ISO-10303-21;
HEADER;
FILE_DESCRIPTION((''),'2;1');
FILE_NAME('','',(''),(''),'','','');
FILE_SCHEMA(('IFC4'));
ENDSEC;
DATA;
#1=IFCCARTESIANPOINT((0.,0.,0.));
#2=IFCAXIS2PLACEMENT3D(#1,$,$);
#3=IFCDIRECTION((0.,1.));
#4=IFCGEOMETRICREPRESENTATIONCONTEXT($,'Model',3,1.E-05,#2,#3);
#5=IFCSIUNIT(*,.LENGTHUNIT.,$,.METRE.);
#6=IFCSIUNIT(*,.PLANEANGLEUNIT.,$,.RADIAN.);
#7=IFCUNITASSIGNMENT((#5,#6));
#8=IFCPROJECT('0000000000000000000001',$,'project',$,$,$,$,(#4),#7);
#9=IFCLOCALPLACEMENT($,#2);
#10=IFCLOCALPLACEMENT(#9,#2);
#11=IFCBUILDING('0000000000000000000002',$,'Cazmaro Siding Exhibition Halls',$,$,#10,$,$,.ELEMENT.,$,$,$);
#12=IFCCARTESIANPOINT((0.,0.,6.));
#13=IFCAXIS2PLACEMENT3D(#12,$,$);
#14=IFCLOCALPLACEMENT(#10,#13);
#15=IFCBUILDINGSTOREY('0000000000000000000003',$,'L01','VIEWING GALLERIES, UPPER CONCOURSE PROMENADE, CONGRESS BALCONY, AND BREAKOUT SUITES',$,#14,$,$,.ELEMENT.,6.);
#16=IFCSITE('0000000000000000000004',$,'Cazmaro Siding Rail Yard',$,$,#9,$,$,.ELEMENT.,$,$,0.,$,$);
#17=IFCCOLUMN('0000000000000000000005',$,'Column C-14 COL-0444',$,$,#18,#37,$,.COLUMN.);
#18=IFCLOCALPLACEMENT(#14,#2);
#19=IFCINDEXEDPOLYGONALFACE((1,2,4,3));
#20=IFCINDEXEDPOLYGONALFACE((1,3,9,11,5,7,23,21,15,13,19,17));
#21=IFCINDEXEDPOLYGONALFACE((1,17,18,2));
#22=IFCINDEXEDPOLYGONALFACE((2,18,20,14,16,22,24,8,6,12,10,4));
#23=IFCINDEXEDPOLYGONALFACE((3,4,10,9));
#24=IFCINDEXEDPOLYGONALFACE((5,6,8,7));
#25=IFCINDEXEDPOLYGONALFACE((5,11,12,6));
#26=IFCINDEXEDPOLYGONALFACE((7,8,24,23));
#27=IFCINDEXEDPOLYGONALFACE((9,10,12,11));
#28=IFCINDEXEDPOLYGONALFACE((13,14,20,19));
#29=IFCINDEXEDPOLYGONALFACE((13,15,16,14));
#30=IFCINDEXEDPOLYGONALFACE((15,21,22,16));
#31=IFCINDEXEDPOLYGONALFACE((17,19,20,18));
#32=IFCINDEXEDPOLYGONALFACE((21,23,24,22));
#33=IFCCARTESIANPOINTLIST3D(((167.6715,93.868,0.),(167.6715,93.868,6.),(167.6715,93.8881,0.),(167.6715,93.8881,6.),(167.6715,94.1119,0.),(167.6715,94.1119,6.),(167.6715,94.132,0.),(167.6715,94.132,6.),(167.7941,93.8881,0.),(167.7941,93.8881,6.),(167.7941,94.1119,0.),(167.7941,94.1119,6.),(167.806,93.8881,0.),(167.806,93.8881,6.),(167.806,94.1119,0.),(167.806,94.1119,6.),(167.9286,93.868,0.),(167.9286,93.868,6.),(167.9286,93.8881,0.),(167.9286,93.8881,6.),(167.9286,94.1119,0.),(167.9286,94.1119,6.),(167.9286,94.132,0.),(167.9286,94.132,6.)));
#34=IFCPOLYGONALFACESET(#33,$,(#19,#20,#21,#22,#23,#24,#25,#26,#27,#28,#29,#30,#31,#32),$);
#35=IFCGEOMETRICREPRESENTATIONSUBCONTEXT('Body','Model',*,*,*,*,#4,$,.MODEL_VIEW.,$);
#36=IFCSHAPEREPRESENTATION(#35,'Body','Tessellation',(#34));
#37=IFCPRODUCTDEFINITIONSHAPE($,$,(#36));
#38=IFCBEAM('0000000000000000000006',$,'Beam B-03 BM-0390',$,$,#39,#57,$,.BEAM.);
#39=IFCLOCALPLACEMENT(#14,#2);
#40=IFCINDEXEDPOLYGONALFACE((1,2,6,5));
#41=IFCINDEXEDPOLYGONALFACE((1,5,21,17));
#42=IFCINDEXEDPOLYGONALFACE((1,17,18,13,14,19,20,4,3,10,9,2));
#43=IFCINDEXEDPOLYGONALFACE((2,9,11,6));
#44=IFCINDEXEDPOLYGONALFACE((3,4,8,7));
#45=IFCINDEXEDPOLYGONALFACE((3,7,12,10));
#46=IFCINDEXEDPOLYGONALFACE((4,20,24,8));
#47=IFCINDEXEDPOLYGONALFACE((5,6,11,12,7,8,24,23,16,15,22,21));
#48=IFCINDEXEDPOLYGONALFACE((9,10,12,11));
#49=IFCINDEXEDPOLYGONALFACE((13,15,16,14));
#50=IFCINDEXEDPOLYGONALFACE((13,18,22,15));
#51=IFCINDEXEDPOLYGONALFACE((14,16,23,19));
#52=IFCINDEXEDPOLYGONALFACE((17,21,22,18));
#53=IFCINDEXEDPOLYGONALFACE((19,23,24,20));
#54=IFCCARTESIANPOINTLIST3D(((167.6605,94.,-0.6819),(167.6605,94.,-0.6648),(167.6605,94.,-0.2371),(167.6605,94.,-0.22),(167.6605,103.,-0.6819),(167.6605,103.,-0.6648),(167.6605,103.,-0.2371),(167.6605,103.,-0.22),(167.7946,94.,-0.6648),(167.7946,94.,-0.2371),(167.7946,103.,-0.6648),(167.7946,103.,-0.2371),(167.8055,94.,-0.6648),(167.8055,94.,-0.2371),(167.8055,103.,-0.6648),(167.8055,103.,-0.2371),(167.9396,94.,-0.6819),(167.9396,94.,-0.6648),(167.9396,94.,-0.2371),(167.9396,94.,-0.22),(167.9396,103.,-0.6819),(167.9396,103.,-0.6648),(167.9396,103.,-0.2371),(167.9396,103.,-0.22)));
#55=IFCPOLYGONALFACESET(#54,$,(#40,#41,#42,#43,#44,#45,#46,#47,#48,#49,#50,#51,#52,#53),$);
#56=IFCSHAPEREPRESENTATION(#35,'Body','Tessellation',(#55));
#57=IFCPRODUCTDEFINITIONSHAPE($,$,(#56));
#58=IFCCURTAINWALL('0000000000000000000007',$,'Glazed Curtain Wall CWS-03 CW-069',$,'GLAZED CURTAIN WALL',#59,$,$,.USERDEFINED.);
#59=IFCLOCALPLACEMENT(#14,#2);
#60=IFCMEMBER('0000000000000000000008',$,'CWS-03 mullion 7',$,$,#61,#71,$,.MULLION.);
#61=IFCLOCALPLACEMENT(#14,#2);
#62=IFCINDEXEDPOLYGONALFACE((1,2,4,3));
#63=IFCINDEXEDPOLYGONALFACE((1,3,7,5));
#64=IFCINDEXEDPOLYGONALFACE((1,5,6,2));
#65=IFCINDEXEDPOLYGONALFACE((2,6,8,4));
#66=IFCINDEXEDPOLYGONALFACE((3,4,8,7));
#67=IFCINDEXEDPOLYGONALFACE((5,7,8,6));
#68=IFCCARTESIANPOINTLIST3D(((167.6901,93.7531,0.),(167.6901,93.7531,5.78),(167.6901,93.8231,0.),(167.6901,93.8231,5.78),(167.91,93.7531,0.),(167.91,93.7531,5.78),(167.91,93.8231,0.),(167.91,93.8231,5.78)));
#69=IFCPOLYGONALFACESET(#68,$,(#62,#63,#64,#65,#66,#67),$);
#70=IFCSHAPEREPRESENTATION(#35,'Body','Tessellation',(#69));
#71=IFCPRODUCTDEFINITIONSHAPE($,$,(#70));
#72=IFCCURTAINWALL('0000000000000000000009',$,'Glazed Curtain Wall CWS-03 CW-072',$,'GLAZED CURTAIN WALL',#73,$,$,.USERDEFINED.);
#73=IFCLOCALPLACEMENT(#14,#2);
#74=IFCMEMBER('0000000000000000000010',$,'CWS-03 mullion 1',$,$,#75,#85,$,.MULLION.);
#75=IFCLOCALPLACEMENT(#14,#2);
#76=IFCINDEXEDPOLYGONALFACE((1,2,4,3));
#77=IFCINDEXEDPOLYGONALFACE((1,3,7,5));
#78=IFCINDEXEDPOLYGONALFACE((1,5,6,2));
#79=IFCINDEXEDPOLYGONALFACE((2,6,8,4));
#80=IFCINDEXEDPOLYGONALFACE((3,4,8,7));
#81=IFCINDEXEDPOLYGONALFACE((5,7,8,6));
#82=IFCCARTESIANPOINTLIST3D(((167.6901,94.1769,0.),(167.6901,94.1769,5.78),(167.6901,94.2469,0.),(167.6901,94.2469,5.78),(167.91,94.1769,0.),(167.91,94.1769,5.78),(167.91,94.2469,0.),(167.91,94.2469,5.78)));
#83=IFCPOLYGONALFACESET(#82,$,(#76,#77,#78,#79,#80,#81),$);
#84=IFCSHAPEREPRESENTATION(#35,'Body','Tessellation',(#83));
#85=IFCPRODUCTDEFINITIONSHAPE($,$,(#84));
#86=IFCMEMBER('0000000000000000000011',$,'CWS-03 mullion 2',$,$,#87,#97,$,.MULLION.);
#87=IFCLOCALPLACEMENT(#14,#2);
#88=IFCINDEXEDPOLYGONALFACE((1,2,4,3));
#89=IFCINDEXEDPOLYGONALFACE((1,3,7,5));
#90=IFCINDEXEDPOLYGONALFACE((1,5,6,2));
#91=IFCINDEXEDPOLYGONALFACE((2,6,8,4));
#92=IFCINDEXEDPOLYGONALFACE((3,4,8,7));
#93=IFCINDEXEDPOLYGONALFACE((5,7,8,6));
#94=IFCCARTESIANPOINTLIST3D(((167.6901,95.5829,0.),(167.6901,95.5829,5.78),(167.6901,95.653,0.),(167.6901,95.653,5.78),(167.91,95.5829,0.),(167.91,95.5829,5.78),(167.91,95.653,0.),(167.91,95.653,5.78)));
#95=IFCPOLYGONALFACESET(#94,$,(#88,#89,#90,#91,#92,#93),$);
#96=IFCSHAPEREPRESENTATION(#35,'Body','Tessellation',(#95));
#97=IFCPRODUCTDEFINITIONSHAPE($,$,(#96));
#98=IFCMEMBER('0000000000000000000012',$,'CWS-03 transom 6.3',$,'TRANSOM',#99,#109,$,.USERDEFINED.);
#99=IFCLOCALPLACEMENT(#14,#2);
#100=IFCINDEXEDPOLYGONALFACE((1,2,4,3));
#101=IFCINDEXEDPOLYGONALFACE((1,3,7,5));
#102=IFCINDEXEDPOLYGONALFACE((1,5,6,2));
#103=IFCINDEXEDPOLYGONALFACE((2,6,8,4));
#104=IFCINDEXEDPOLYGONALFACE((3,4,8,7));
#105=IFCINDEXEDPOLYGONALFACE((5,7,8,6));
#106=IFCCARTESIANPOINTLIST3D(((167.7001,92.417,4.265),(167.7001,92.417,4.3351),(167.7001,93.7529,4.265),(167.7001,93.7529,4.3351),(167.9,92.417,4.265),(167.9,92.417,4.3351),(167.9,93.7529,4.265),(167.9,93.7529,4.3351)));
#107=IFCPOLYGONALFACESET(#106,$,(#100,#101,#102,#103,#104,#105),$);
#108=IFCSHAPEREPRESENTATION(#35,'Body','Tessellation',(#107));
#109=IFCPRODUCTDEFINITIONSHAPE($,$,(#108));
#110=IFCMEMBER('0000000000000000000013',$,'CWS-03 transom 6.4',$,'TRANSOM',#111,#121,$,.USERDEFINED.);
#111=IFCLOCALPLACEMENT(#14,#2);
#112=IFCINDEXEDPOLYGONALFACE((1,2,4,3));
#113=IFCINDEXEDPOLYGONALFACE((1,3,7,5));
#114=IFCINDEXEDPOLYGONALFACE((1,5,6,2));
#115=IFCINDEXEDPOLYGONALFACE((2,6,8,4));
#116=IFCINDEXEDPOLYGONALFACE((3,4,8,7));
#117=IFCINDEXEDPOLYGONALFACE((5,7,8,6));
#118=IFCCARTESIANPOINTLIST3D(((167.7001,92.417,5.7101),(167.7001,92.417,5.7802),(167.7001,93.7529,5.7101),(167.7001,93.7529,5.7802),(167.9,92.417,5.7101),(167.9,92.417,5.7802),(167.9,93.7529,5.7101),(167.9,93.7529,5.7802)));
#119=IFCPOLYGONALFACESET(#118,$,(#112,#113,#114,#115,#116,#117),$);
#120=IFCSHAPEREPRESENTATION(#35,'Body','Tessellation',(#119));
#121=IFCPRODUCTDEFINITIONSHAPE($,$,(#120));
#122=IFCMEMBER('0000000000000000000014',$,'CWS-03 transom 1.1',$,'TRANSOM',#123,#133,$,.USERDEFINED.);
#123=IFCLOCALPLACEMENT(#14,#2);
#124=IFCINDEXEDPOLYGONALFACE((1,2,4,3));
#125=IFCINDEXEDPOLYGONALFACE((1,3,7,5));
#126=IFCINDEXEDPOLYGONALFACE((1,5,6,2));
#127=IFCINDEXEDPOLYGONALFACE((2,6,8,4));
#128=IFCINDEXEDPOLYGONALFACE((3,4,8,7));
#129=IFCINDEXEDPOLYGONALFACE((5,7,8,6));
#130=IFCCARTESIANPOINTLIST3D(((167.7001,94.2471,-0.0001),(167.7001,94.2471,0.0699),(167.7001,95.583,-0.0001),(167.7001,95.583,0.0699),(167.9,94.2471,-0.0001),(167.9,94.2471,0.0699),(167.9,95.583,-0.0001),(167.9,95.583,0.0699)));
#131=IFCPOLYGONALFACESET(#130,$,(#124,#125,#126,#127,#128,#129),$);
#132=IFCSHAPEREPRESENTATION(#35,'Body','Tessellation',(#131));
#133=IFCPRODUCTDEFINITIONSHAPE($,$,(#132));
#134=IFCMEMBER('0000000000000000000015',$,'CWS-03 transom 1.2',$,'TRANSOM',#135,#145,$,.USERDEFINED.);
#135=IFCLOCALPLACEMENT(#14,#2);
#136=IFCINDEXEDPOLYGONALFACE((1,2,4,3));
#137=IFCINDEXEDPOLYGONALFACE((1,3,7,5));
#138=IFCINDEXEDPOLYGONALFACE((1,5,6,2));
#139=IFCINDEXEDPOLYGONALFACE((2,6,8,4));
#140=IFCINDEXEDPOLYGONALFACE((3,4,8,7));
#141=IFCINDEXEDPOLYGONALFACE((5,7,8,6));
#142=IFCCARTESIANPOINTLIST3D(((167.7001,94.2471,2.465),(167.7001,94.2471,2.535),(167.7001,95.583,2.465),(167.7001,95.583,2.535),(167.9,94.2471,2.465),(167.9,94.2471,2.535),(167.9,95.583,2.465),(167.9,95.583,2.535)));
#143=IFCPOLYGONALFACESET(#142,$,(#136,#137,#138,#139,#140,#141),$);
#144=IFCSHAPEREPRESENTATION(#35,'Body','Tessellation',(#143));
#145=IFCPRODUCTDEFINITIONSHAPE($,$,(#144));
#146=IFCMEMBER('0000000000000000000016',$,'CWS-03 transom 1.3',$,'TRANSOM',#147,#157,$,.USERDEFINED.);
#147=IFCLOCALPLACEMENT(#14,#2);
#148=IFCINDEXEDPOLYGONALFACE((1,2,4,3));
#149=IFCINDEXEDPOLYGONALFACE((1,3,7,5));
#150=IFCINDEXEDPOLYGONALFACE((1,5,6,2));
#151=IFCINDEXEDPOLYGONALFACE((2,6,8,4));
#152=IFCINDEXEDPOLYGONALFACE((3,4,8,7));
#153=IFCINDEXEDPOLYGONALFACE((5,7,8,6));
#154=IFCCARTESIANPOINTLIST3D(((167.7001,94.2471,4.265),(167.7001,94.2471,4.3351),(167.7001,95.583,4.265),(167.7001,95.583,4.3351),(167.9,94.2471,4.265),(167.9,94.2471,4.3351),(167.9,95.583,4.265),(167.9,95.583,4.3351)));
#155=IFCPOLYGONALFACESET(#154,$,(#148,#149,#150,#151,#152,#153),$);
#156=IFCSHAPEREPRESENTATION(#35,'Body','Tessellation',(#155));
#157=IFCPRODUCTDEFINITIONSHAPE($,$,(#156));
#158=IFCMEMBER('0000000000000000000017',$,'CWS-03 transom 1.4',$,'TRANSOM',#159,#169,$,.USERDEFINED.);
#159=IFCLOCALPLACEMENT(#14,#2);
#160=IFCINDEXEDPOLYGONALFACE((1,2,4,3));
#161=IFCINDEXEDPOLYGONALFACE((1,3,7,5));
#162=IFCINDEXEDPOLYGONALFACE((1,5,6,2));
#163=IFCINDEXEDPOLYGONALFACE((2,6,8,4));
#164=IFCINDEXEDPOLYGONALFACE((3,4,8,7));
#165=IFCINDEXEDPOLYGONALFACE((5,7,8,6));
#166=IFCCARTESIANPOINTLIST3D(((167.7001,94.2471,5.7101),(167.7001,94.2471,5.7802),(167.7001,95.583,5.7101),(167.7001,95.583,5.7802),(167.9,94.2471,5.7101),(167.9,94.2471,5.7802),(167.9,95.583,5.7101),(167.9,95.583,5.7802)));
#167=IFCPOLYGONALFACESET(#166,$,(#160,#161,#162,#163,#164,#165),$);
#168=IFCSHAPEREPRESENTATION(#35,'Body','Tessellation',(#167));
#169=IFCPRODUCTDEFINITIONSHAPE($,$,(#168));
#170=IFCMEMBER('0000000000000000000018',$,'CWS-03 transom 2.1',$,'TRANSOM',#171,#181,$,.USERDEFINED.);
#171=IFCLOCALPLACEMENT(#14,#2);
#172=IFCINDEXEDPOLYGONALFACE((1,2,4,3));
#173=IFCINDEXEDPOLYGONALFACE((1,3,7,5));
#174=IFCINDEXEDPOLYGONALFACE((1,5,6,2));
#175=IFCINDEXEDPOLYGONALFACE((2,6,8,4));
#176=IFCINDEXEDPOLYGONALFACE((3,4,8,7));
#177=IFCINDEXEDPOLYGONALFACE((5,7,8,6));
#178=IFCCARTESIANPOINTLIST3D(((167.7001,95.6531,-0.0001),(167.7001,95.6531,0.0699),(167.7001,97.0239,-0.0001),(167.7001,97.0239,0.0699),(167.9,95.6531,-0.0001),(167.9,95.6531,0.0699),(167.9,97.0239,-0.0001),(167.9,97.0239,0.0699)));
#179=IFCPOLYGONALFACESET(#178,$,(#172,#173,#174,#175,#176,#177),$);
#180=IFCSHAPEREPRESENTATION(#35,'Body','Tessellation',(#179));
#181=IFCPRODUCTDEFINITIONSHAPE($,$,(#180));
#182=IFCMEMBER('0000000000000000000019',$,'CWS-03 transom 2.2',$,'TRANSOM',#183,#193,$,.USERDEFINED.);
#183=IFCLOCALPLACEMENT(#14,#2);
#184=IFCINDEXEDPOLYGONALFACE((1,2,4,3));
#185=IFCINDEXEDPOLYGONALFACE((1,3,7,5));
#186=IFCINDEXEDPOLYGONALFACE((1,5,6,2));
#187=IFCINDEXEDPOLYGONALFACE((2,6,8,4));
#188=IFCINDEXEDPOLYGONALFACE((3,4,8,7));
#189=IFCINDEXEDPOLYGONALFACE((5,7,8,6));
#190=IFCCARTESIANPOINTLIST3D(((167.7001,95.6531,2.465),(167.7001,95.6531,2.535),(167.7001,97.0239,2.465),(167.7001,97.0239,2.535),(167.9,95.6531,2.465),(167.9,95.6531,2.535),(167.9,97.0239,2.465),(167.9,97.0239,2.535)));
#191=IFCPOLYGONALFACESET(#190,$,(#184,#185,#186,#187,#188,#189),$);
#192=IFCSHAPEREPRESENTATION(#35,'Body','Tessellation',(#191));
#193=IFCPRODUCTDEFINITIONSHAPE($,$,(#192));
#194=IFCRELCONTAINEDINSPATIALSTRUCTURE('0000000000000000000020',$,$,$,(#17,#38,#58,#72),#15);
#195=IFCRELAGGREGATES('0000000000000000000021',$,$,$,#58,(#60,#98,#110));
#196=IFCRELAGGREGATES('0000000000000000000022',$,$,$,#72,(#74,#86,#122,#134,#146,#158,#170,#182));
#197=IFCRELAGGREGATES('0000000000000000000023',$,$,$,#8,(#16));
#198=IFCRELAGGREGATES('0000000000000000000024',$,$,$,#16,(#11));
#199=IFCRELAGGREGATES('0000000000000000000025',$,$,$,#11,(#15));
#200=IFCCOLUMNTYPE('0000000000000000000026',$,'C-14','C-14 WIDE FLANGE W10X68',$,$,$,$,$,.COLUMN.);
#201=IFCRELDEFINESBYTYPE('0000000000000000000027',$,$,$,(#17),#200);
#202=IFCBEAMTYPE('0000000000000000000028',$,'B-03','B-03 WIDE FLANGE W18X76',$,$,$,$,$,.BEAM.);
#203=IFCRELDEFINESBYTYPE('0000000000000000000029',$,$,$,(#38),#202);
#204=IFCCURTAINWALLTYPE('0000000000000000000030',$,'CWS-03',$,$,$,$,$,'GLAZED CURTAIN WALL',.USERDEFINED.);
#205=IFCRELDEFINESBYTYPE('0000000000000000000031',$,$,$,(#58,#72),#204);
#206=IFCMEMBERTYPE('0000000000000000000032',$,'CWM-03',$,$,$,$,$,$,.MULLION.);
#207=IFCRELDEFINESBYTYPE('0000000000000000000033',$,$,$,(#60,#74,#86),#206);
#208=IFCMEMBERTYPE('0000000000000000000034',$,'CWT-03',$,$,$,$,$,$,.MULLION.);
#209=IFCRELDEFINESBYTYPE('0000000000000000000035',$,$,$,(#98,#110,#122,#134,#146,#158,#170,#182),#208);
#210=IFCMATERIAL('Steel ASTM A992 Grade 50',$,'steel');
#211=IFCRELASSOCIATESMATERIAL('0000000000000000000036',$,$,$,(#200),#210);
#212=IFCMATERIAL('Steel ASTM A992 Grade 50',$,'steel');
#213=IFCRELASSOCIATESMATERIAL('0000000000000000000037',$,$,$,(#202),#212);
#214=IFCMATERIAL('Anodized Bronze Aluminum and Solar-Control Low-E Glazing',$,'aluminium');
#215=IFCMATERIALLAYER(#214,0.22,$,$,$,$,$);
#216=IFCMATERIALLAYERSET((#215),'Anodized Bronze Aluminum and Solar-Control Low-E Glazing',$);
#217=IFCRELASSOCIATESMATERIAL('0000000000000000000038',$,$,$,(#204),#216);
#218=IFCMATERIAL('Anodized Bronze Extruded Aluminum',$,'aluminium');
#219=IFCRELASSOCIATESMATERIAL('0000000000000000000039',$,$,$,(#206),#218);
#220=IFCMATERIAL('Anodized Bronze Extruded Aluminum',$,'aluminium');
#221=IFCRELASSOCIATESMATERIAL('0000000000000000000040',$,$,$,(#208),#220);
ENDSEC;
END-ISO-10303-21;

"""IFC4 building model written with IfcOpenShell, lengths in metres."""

from ifc_helpers import new_model, si_unit, direction, frame, origin, origin_2d, place, context, subcontext, project, spatial, rectangle, i_section, extrude, material, layer, layer_set, material_profile, profile_set, type_object, element, aggregate, save


model = new_model("IFC4")

# Units and contexts
model_context = context("Model", 3, precision=1e-05, world=origin(), true_north=direction((0.0, 1.0)))
body_context = subcontext(model_context, "Body", "Model", "MODEL_VIEW")
ifc_project = project(units=[si_unit("LENGTHUNIT", "METRE"), si_unit("PLANEANGLEUNIT", "RADIAN")], contexts=[model_context])

# Site, building, storey
site_placement = place(None, origin())
site = spatial("IfcSite", under=ifc_project, at=site_placement, Name="Cazmaro Siding Rail Yard", CompositionType="ELEMENT", RefElevation=0.0)
building_placement = place(site_placement, origin())
building = spatial("IfcBuilding", under=site, at=building_placement, Name="Cazmaro Siding Exhibition Halls", CompositionType="ELEMENT")
storey_placement = place(building_placement, frame((0.0, 0.0, 6.0)))
storey = spatial("IfcBuildingStorey", under=building, at=storey_placement, Name="L01", Description="VIEWING GALLERIES, UPPER CONCOURSE PROMENADE, CONGRESS BALCONY, AND BREAKOUT SUITES", CompositionType="ELEMENT", Elevation=6.0)

# Column
ifc_material_1 = material(Name="Steel ASTM A992 Grade 50", Category="steel")
ifc_material_profile_1 = material_profile(ifc_material_1, i_section(OverallWidth=0.2571, OverallDepth=0.2639, WebThickness=0.012, FlangeThickness=0.02, at=origin_2d()), Name="W10X68")
ifc_profile_set_1 = profile_set([ifc_material_profile_1], Name="Steel ASTM A992 Grade 50")
column_type = type_object("IfcColumnType", Name="C-14", Description="C-14 WIDE FLANGE W10X68", PredefinedType="COLUMN", material=ifc_profile_set_1)
column_placement = place(storey_placement, frame((167.8, 94.0, 0.0), z_axis=(0.0, 0.0, 1.0), x_axis=(1.0, 0.0, 0.0)))
element("IfcColumn", 1, at=column_placement, inside=storey, type_object=column_type, Name="Column C-14 COL-0444", PredefinedType="COLUMN", context=body_context, shape_type="SweptSolid", body=[
    extrude(i_section(OverallWidth=0.2571, OverallDepth=0.2639, WebThickness=0.012, FlangeThickness=0.02, at=origin_2d()), origin(), (0.0, 0.0, 1.0), 6.0),
])

# Beam
ifc_material_2 = material(Name="Steel ASTM A992 Grade 50", Category="steel")
ifc_material_profile_2 = material_profile(ifc_material_2, i_section(OverallWidth=0.2791, OverallDepth=0.4619, WebThickness=0.011, FlangeThickness=0.0171, at=origin_2d()), Name="W18X76")
ifc_profile_set_2 = profile_set([ifc_material_profile_2], Name="Steel ASTM A992 Grade 50")
beam_type = type_object("IfcBeamType", Name="B-03", Description="B-03 WIDE FLANGE W18X76", PredefinedType="BEAM", material=ifc_profile_set_2)
beam_placement = place(storey_placement, frame((167.8, 94.0, -0.4509), z_axis=(0.0, 1.0, 0.0), x_axis=(-1.0, 0.0, 0.0)))
element("IfcBeam", 2, at=beam_placement, inside=storey, type_object=beam_type, Name="Beam B-03 BM-0390", PredefinedType="BEAM", context=body_context, shape_type="SweptSolid", body=[
    extrude(i_section(OverallWidth=0.2791, OverallDepth=0.4619, WebThickness=0.011, FlangeThickness=0.0171, at=origin_2d()), origin(), (0.0, 0.0, 1.0), 9.0),
])

# Curtain wall, member
ifc_material_3 = material(Name="Anodized Bronze Aluminum and Solar-Control Low-E Glazing", Category="aluminium")
ifc_layer_1 = layer(ifc_material_3, 0.22)
ifc_layer_set_1 = layer_set([ifc_layer_1], Name="Anodized Bronze Aluminum and Solar-Control Low-E Glazing")
curtain_wall_type = type_object("IfcCurtainWallType", Name="CWS-03", ElementType="GLAZED CURTAIN WALL", PredefinedType="USERDEFINED", material=ifc_layer_set_1)
curtain_wall_1_placement = place(storey_placement, origin())
curtain_wall_1 = element("IfcCurtainWall", 3, at=curtain_wall_1_placement, inside=storey, type_object=curtain_wall_type, Name="Glazed Curtain Wall CWS-03 CW-069", ObjectType="GLAZED CURTAIN WALL", PredefinedType="USERDEFINED")
ifc_material_4 = material(Name="Anodized Bronze Extruded Aluminum", Category="aluminium")
ifc_material_profile_3 = material_profile(ifc_material_4, rectangle(XDim=0.22, YDim=0.0701, at=origin_2d()), Name="CWM-03")
ifc_profile_set_3 = profile_set([ifc_material_profile_3], Name="Anodized Bronze Extruded Aluminum")
member_type_1 = type_object("IfcMemberType", Name="CWM-03", PredefinedType="MULLION", material=ifc_profile_set_3)
member_1_placement = place(storey_placement, frame((167.8, 93.7881, 0.0), z_axis=(0.0, 0.0, 1.0), x_axis=(-1.0, 0.0, 0.0)))
member_1 = element("IfcMember", 4, at=member_1_placement, type_object=member_type_1, Name="CWS-03 mullion 7", PredefinedType="MULLION", context=body_context, shape_type="SweptSolid", body=[
    extrude(rectangle(XDim=0.22, YDim=0.0701, at=origin_2d()), origin(), (0.0, 0.0, 1.0), 5.78),
])

# Curtain wall, members
curtain_wall_2_placement = place(storey_placement, origin())
curtain_wall_2 = element("IfcCurtainWall", 5, at=curtain_wall_2_placement, inside=storey, type_object=curtain_wall_type, Name="Glazed Curtain Wall CWS-03 CW-072", ObjectType="GLAZED CURTAIN WALL", PredefinedType="USERDEFINED")
member_2_placement = place(storey_placement, frame((167.8, 94.2119, 0.0), z_axis=(0.0, 0.0, 1.0), x_axis=(-1.0, 0.0, 0.0)))
member_2 = element("IfcMember", 6, at=member_2_placement, type_object=member_type_1, Name="CWS-03 mullion 1", PredefinedType="MULLION", context=body_context, shape_type="SweptSolid", body=[
    extrude(rectangle(XDim=0.22, YDim=0.0701, at=origin_2d()), origin(), (0.0, 0.0, 1.0), 5.78),
])
member_3_placement = place(storey_placement, frame((167.8, 95.6179, 0.0), z_axis=(0.0, 0.0, 1.0), x_axis=(-1.0, 0.0, 0.0)))
member_3 = element("IfcMember", 7, at=member_3_placement, type_object=member_type_1, Name="CWS-03 mullion 2", PredefinedType="MULLION", context=body_context, shape_type="SweptSolid", body=[
    extrude(rectangle(XDim=0.22, YDim=0.0701, at=origin_2d()), origin(), (0.0, 0.0, 1.0), 5.78),
])

# Members
ifc_material_5 = material(Name="Anodized Bronze Extruded Aluminum", Category="aluminium")
ifc_material_profile_4 = material_profile(ifc_material_5, rectangle(XDim=0.2, YDim=0.0701, at=origin_2d()), Name="CWT-03")
ifc_profile_set_4 = profile_set([ifc_material_profile_4], Name="Anodized Bronze Extruded Aluminum")
member_type_2 = type_object("IfcMemberType", Name="CWT-03", PredefinedType="MULLION", material=ifc_profile_set_4)
member_4_placement = place(storey_placement, frame((167.8, 92.417, 4.3), z_axis=(0.0, 1.0, 0.0), x_axis=(-1.0, 0.0, 0.0)))
member_4 = element("IfcMember", 8, at=member_4_placement, type_object=member_type_2, Name="CWS-03 transom 6.3", ObjectType="TRANSOM", PredefinedType="USERDEFINED", context=body_context, shape_type="SweptSolid", body=[
    extrude(rectangle(XDim=0.2, YDim=0.0701, at=origin_2d()), origin(), (0.0, 0.0, 1.0), 1.3359),
])
member_5_placement = place(storey_placement, frame((167.8, 92.417, 5.7451), z_axis=(0.0, 1.0, 0.0), x_axis=(-1.0, 0.0, 0.0)))
member_5 = element("IfcMember", 9, at=member_5_placement, type_object=member_type_2, Name="CWS-03 transom 6.4", ObjectType="TRANSOM", PredefinedType="USERDEFINED", context=body_context, shape_type="SweptSolid", body=[
    extrude(rectangle(XDim=0.2, YDim=0.0701, at=origin_2d()), origin(), (0.0, 0.0, 1.0), 1.3359),
])
member_6_placement = place(storey_placement, frame((167.8, 94.2471, 0.0349), z_axis=(0.0, 1.0, 0.0), x_axis=(-1.0, 0.0, 0.0)))
member_6 = element("IfcMember", 10, at=member_6_placement, type_object=member_type_2, Name="CWS-03 transom 1.1", ObjectType="TRANSOM", PredefinedType="USERDEFINED", context=body_context, shape_type="SweptSolid", body=[
    extrude(rectangle(XDim=0.2, YDim=0.0701, at=origin_2d()), origin(), (0.0, 0.0, 1.0), 1.3359),
])
member_7_placement = place(storey_placement, frame((167.8, 94.2471, 2.5), z_axis=(0.0, 1.0, 0.0), x_axis=(-1.0, 0.0, 0.0)))
member_7 = element("IfcMember", 11, at=member_7_placement, type_object=member_type_2, Name="CWS-03 transom 1.2", ObjectType="TRANSOM", PredefinedType="USERDEFINED", context=body_context, shape_type="SweptSolid", body=[
    extrude(rectangle(XDim=0.2, YDim=0.0701, at=origin_2d()), origin(), (0.0, 0.0, 1.0), 1.3359),
])
member_8_placement = place(storey_placement, frame((167.8, 94.2471, 4.3), z_axis=(0.0, 1.0, 0.0), x_axis=(-1.0, 0.0, 0.0)))
member_8 = element("IfcMember", 12, at=member_8_placement, type_object=member_type_2, Name="CWS-03 transom 1.3", ObjectType="TRANSOM", PredefinedType="USERDEFINED", context=body_context, shape_type="SweptSolid", body=[
    extrude(rectangle(XDim=0.2, YDim=0.0701, at=origin_2d()), origin(), (0.0, 0.0, 1.0), 1.3359),
])
member_9_placement = place(storey_placement, frame((167.8, 94.2471, 5.7451), z_axis=(0.0, 1.0, 0.0), x_axis=(-1.0, 0.0, 0.0)))
member_9 = element("IfcMember", 13, at=member_9_placement, type_object=member_type_2, Name="CWS-03 transom 1.4", ObjectType="TRANSOM", PredefinedType="USERDEFINED", context=body_context, shape_type="SweptSolid", body=[
    extrude(rectangle(XDim=0.2, YDim=0.0701, at=origin_2d()), origin(), (0.0, 0.0, 1.0), 1.3359),
])
member_10_placement = place(storey_placement, frame((167.8, 95.6531, 0.0349), z_axis=(0.0, 1.0, 0.0), x_axis=(-1.0, 0.0, 0.0)))
member_10 = element("IfcMember", 14, at=member_10_placement, type_object=member_type_2, Name="CWS-03 transom 2.1", ObjectType="TRANSOM", PredefinedType="USERDEFINED", context=body_context, shape_type="SweptSolid", body=[
    extrude(rectangle(XDim=0.2, YDim=0.0701, at=origin_2d()), origin(), (0.0, 0.0, 1.0), 1.3708),
])
member_11_placement = place(storey_placement, frame((167.8, 95.6531, 2.5), z_axis=(0.0, 1.0, 0.0), x_axis=(-1.0, 0.0, 0.0)))
member_11 = element("IfcMember", 15, at=member_11_placement, type_object=member_type_2, Name="CWS-03 transom 2.2", ObjectType="TRANSOM", PredefinedType="USERDEFINED", context=body_context, shape_type="SweptSolid", body=[
    extrude(rectangle(XDim=0.2, YDim=0.0701, at=origin_2d()), origin(), (0.0, 0.0, 1.0), 1.3708),
])

aggregate(curtain_wall_1, [member_1, member_4, member_5])
aggregate(curtain_wall_2, [member_2, member_3, member_6, member_7, member_8, member_9, member_10, member_11])

save(model, "model.ifc")
